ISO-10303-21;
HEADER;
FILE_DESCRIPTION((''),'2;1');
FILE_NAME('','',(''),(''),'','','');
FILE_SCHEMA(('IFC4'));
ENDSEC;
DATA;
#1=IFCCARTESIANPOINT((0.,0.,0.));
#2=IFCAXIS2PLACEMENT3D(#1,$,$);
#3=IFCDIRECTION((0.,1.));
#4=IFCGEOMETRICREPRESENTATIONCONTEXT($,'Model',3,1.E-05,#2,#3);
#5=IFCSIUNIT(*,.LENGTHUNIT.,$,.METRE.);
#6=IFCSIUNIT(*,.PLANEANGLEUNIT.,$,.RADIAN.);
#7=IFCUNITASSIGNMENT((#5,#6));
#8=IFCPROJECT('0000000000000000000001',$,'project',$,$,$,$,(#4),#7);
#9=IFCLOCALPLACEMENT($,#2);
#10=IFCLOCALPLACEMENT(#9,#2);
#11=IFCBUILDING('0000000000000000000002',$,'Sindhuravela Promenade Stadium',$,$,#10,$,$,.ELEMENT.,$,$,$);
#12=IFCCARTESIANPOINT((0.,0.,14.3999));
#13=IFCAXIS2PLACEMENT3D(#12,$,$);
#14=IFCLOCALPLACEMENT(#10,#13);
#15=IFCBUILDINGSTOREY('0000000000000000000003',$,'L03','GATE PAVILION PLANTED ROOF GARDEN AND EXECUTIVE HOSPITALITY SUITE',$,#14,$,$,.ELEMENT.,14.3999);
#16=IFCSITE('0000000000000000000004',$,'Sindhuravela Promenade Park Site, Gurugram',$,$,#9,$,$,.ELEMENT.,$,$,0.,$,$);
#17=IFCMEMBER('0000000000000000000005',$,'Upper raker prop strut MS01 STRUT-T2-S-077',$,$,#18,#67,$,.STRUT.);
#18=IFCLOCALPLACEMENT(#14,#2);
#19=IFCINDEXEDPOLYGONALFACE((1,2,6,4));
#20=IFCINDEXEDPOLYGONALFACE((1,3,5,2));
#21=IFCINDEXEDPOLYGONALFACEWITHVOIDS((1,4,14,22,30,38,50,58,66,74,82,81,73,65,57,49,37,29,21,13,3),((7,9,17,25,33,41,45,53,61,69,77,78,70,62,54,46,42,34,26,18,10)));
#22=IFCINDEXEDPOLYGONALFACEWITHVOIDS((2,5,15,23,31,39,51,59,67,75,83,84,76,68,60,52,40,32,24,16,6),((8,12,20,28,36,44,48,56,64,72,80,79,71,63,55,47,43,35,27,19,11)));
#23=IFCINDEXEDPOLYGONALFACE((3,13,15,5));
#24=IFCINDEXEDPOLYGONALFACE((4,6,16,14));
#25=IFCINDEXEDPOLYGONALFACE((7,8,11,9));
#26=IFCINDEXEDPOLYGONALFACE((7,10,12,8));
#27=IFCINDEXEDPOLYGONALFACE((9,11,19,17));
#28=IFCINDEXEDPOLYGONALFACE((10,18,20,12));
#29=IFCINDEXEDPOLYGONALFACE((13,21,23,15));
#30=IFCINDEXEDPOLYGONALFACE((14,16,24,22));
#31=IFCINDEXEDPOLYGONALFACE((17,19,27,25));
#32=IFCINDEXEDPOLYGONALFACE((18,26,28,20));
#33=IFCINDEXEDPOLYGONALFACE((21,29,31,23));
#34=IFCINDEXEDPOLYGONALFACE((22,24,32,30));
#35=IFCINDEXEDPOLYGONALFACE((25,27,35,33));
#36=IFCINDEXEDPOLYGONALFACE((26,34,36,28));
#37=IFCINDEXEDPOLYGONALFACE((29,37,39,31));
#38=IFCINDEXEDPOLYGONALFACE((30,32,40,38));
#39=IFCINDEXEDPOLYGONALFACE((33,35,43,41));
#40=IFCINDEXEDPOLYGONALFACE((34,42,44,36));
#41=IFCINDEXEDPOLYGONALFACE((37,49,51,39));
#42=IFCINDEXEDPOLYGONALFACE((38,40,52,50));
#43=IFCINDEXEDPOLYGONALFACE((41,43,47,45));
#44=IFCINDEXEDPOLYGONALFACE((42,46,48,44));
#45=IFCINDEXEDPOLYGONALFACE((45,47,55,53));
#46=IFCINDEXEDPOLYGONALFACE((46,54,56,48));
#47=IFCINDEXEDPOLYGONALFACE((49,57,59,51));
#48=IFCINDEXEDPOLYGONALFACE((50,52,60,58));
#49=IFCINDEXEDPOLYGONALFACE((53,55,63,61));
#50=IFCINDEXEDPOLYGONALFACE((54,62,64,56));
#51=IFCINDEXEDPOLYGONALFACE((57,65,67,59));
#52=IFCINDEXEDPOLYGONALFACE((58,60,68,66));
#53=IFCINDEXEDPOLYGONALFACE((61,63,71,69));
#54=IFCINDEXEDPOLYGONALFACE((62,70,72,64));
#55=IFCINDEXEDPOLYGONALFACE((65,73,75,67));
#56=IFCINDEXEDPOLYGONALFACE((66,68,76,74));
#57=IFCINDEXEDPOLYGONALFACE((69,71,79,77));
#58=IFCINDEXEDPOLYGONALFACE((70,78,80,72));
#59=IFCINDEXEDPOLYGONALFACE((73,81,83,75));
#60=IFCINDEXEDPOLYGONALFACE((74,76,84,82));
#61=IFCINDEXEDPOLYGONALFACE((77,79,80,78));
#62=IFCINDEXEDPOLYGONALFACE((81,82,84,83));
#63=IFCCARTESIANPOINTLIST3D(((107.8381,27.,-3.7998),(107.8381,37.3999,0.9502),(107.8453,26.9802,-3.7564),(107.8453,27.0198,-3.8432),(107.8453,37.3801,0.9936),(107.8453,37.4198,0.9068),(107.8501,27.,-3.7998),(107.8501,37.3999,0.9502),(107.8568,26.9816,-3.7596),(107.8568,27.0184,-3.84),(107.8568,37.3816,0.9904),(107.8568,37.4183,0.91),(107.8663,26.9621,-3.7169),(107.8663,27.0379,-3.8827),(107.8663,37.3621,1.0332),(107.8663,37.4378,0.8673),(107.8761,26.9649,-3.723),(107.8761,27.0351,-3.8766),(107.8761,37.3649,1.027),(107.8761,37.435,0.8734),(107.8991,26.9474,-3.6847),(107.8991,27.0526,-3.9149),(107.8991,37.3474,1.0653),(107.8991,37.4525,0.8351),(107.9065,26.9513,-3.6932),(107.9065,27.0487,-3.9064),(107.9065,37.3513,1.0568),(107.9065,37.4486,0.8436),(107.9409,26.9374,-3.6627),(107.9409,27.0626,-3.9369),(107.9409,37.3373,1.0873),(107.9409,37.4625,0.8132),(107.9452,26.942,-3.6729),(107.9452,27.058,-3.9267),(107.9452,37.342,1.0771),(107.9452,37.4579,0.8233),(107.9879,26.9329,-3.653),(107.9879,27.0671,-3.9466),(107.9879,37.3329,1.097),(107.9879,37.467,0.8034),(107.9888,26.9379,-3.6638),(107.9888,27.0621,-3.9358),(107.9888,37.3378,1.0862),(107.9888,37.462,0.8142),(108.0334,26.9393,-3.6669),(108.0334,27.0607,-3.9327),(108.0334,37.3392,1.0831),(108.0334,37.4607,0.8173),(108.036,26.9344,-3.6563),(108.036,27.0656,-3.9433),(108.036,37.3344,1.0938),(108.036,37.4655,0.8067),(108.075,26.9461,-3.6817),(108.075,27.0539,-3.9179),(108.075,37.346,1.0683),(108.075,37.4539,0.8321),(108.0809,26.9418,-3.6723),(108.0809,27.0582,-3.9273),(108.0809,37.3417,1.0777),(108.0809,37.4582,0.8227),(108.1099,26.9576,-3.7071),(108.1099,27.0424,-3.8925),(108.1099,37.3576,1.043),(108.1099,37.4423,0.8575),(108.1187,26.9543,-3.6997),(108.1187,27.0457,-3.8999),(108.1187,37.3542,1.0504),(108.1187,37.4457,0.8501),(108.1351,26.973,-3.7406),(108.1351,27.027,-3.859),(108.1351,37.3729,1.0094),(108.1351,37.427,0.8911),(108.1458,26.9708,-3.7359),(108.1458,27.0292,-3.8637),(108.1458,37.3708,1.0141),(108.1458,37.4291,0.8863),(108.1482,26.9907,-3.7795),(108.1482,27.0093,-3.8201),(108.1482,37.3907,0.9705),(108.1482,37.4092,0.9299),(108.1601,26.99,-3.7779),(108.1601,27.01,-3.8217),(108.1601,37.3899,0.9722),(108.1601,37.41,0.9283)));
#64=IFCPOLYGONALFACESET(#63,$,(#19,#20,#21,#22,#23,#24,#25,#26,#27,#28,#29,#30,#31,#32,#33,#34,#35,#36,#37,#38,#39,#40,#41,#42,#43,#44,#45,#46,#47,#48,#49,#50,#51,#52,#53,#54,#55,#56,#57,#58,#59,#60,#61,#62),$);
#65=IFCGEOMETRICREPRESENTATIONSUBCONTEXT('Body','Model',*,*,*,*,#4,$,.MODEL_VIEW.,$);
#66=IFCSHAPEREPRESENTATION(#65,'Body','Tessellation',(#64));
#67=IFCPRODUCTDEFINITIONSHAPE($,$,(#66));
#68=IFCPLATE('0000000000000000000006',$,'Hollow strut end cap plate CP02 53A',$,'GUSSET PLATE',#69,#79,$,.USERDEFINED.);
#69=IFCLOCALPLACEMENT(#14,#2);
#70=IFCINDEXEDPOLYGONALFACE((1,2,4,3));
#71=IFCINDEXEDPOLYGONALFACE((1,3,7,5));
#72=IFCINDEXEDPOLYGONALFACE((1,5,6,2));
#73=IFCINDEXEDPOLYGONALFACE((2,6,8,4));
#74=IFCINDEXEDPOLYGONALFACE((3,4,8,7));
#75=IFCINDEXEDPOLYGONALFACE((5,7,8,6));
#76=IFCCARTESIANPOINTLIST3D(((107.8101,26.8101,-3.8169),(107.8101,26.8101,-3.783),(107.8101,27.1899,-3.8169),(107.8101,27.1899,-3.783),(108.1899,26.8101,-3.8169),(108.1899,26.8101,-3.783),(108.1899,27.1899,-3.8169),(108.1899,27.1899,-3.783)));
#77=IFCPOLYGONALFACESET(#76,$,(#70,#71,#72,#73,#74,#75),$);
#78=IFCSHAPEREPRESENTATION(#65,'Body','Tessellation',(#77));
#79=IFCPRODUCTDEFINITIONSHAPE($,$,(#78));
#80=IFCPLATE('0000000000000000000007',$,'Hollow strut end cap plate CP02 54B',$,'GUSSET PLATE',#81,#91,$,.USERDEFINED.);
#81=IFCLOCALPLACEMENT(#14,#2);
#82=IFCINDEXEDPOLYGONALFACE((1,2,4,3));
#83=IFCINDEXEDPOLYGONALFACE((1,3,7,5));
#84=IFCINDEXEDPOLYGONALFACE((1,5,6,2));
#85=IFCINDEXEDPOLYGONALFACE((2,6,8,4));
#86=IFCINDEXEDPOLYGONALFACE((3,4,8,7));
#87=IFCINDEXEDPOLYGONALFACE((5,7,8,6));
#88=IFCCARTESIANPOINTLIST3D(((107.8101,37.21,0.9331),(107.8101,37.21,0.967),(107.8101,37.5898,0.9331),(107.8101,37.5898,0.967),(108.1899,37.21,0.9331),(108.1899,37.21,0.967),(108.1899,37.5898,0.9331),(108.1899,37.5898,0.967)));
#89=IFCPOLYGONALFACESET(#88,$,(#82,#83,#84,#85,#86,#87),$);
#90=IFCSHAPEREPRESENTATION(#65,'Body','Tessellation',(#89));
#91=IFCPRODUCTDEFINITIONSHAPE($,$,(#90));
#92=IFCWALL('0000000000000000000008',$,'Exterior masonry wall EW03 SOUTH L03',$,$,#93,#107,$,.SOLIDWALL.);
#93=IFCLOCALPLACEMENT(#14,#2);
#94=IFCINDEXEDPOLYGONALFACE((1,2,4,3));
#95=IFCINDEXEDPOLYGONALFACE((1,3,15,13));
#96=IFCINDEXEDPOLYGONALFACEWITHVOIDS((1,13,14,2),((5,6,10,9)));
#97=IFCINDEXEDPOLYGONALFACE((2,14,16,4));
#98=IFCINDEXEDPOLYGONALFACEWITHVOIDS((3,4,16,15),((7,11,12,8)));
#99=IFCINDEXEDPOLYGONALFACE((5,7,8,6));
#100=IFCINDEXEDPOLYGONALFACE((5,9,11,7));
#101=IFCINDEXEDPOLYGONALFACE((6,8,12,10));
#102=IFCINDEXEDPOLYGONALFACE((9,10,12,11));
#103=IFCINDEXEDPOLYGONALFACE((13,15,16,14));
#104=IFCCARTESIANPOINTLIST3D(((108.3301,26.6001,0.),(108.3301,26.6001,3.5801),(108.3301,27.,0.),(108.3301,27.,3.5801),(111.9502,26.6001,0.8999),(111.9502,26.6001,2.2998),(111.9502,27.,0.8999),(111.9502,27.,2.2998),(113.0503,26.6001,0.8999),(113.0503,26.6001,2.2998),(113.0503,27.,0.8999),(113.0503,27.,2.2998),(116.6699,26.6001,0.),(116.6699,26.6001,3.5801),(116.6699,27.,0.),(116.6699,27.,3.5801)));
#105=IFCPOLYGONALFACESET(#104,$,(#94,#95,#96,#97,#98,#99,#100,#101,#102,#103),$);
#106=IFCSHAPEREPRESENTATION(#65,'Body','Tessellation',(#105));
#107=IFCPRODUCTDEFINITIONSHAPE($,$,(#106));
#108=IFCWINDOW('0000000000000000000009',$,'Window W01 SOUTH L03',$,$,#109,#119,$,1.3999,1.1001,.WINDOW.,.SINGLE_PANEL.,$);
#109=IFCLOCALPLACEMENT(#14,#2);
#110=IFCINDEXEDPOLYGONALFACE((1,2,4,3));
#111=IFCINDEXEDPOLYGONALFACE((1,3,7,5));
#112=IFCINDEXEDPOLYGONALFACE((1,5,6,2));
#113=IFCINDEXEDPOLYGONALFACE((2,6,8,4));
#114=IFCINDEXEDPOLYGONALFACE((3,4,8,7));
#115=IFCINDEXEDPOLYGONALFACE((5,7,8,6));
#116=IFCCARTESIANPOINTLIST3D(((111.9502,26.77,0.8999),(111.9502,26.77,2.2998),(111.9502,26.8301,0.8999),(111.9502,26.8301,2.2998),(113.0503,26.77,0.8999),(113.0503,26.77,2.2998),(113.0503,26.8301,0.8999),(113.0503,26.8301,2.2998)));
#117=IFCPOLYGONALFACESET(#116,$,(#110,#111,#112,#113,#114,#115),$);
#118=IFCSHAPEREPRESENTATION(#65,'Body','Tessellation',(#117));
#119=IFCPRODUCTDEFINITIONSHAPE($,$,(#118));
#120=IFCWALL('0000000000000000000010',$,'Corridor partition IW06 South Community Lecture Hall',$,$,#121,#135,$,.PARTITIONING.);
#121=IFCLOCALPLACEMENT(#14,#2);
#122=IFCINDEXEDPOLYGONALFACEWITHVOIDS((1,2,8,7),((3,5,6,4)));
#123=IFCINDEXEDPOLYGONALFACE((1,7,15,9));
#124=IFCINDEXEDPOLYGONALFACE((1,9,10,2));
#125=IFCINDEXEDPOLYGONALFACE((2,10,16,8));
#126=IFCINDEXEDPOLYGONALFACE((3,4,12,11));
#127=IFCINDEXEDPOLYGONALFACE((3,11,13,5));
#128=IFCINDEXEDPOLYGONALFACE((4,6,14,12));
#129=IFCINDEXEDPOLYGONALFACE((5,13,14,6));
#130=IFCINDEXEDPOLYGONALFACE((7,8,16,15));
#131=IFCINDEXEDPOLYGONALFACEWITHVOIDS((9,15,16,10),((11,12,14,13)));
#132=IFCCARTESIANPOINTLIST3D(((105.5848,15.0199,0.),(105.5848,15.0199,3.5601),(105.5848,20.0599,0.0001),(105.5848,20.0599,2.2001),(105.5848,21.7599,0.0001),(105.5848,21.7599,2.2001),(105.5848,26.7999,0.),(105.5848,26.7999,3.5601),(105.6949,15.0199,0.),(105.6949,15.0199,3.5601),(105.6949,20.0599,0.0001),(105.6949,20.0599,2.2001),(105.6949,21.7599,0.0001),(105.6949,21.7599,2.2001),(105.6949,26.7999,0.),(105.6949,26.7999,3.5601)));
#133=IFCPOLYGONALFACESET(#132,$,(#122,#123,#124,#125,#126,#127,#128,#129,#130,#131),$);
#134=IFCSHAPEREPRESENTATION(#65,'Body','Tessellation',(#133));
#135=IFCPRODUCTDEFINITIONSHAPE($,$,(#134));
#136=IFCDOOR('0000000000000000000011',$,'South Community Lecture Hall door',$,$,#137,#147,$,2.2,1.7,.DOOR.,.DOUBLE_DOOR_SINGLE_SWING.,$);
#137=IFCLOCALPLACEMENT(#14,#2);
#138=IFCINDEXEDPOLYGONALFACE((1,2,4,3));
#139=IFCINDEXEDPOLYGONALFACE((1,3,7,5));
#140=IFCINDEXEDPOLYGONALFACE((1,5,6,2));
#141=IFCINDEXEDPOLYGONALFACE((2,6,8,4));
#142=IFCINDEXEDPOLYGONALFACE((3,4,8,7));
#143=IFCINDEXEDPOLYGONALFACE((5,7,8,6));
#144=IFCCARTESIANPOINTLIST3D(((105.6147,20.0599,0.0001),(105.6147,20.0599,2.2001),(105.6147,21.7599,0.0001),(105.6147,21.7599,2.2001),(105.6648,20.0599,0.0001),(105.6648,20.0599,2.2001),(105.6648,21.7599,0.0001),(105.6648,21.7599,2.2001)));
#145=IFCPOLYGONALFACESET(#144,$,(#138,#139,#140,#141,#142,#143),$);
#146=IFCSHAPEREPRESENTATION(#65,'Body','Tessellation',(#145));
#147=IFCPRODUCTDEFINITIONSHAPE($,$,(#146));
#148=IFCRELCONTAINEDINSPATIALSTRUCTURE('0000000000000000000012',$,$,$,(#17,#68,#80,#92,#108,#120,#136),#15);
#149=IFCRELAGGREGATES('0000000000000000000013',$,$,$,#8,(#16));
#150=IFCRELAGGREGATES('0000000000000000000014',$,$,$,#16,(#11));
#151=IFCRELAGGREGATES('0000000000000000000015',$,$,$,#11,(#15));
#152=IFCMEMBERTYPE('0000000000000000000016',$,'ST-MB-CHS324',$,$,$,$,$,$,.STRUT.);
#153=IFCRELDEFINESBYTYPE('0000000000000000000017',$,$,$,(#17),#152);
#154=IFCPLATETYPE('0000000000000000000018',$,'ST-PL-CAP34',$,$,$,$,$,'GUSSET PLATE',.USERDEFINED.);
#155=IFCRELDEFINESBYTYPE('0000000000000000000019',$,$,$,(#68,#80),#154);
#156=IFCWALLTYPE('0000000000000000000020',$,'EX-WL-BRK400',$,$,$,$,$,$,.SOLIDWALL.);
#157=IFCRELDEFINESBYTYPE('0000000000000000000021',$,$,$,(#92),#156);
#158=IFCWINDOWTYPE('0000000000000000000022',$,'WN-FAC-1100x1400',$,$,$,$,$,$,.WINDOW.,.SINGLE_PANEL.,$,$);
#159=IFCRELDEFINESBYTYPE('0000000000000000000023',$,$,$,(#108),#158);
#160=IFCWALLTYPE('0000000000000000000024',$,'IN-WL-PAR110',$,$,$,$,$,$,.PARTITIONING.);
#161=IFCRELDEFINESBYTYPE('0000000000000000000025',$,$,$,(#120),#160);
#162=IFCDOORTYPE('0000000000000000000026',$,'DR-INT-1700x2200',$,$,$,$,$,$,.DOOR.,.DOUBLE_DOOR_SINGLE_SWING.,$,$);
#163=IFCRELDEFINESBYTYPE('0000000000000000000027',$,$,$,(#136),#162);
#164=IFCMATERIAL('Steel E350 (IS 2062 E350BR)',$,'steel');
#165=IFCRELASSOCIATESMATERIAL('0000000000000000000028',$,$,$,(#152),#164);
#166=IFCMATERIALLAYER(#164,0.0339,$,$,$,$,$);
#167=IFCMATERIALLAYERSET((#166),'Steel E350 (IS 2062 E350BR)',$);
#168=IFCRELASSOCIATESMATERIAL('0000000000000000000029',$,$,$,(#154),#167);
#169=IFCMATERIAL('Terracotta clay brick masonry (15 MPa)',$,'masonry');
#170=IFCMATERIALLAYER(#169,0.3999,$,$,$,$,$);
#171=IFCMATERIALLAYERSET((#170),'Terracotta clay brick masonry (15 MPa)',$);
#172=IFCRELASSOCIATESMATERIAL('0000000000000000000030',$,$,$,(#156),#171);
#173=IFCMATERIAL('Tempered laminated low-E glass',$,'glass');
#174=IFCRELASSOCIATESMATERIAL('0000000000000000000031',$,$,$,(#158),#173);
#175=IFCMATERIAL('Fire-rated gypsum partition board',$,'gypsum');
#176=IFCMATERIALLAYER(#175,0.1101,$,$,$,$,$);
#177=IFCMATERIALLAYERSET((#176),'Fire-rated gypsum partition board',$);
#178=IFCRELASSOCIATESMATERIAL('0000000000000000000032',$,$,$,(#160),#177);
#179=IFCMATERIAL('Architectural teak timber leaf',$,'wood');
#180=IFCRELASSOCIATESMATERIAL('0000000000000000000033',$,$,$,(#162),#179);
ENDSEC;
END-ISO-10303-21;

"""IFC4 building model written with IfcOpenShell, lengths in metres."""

from ifc_helpers import new_model, si_unit, direction, frame, frame_2d, origin, origin_2d, place, context, subcontext, project, spatial, rectangle, hollow_circle, extrude, material, layer, layer_set, material_profile, profile_set, type_object, element, fill, save


model = new_model("IFC4")

# Units and contexts
model_context = context("Model", 3, precision=1e-05, world=origin(), true_north=direction((0.0, 1.0)))
body_context = subcontext(model_context, "Body", "Model", "MODEL_VIEW")
ifc_project = project(units=[si_unit("LENGTHUNIT", "METRE"), si_unit("PLANEANGLEUNIT", "RADIAN")], contexts=[model_context])

# Site, building, storey
site_placement = place(None, origin())
site = spatial("IfcSite", under=ifc_project, at=site_placement, Name="Sindhuravela Promenade Park Site, Gurugram", CompositionType="ELEMENT", RefElevation=0.0)
building_placement = place(site_placement, origin())
building = spatial("IfcBuilding", under=site, at=building_placement, Name="Sindhuravela Promenade Stadium", CompositionType="ELEMENT")
storey_placement = place(building_placement, frame((0.0, 0.0, 14.3999)))
storey = spatial("IfcBuildingStorey", under=building, at=storey_placement, Name="L03", Description="GATE PAVILION PLANTED ROOF GARDEN AND EXECUTIVE HOSPITALITY SUITE", CompositionType="ELEMENT", Elevation=14.3999)

# Shared definitions
ifc_material_1 = material(Name="Steel E350 (IS 2062 E350BR)", Category="steel")

# Member
ifc_material_profile_1 = material_profile(ifc_material_1, hollow_circle(Radius=0.1619, WallThickness=0.012, at=origin_2d()), Name="CHS 323.9x12")
ifc_profile_set_1 = profile_set([ifc_material_profile_1], Name="Steel E350 (IS 2062 E350BR)")
member_type = type_object("IfcMemberType", Name="ST-MB-CHS324", PredefinedType="STRUT", material=ifc_profile_set_1)
member_placement = place(storey_placement, frame((108.0, 27.0, -3.7998), z_axis=(0.0, 0.909615, 0.415453), x_axis=(-1.0, 0.0, 0.0)))
element("IfcMember", 1, at=member_placement, inside=storey, type_object=member_type, Name="Upper raker prop strut MS01 STRUT-T2-S-077", PredefinedType="STRUT", context=body_context, shape_type="SweptSolid", body=[
    extrude(hollow_circle(Radius=0.1619, WallThickness=0.012, at=origin_2d()), origin(), (0.0, 0.0, 1.0), 11.4333),
])

# Plates
ifc_layer_1 = layer(ifc_material_1, 0.0339)
ifc_layer_set_1 = layer_set([ifc_layer_1], Name="Steel E350 (IS 2062 E350BR)")
plate_type = type_object("IfcPlateType", Name="ST-PL-CAP34", ElementType="GUSSET PLATE", PredefinedType="USERDEFINED", material=ifc_layer_set_1)
for number, where, z_axis, x_axis, name in (
    (2, (108.0, 27.0, -3.8169), (0.0, 0.0, 1.0), (1.0, 0.0, 0.0), "Hollow strut end cap plate CP02 53A"),
    (3, (108.0, 37.3999, 0.9331), (0.0, 0.0, 1.0), (1.0, 0.0, 0.0), "Hollow strut end cap plate CP02 54B"),
):
    element("IfcPlate", number, at=place(storey_placement, frame(where, z_axis=z_axis, x_axis=x_axis)), inside=storey, type_object=plate_type, Name=name, ObjectType="GUSSET PLATE", PredefinedType="USERDEFINED", context=body_context, shape_type="SweptSolid", body=[
        extrude(rectangle(XDim=0.3799, YDim=0.3799, at=origin_2d()), origin(), (0.0, 0.0, 1.0), 0.0339),
    ])

# Wall, opening, window
ifc_material_2 = material(Name="Terracotta clay brick masonry (15 MPa)", Category="masonry")
ifc_layer_2 = layer(ifc_material_2, 0.3999)
ifc_layer_set_2 = layer_set([ifc_layer_2], Name="Terracotta clay brick masonry (15 MPa)")
wall_type_1 = type_object("IfcWallType", Name="EX-WL-BRK400", PredefinedType="SOLIDWALL", material=ifc_layer_set_2)
wall_1_placement = place(storey_placement, frame((108.3301, 26.8, 0.0), z_axis=(0.0, 0.0, 1.0), x_axis=(1.0, 0.0, 0.0)))
wall_1 = element("IfcWall", 4, at=wall_1_placement, inside=storey, type_object=wall_type_1, Name="Exterior masonry wall EW03 SOUTH L03", PredefinedType="SOLIDWALL", context=body_context, shape_type="SweptSolid", body=[
    extrude(rectangle(XDim=8.3398, YDim=0.3999, at=frame_2d((4.1699, 0.0))), origin(), (0.0, 0.0, 1.0), 3.5801),
])
opening_1_placement = place(wall_1_placement, frame((3.6201, 0.0, 0.8999)))
opening_1 = element("IfcOpeningElement", 5, at=opening_1_placement, cuts=wall_1, PredefinedType="OPENING", context=body_context, shape_type="SweptSolid", body=[
    extrude(rectangle(XDim=1.1001, YDim=1.3999, at=frame_2d((0.55, 0.7))), frame((0.0, 0.21, 0.0), z_axis=(0.0, -1.0, 0.0), x_axis=(1.0, 0.0, 0.0)), (0.0, 0.0, 1.0), 0.4199),
])
ifc_material_3 = material(Name="Tempered laminated low-E glass", Category="glass")
window_type = type_object("IfcWindowType", Name="WN-FAC-1100x1400", PartitioningType="SINGLE_PANEL", PredefinedType="WINDOW", material=ifc_material_3)
window_placement = place(opening_1_placement, origin())
window = element("IfcWindow", 6, at=window_placement, inside=storey, type_object=window_type, Name="Window W01 SOUTH L03", OverallHeight=1.3999, OverallWidth=1.1001, PartitioningType="SINGLE_PANEL", PredefinedType="WINDOW", context=body_context, shape_type="SweptSolid", body=[
    extrude(rectangle(XDim=1.1001, YDim=1.3999, at=frame_2d((0.55, 0.7))), frame((0.0, 0.03, 0.0), z_axis=(0.0, -1.0, 0.0), x_axis=(1.0, 0.0, 0.0)), (0.0, 0.0, 1.0), 0.0601),
])
fill(opening_1, window)

# Wall, opening, door
ifc_material_4 = material(Name="Fire-rated gypsum partition board", Category="gypsum")
ifc_layer_3 = layer(ifc_material_4, 0.1101)
ifc_layer_set_3 = layer_set([ifc_layer_3], Name="Fire-rated gypsum partition board")
wall_type_2 = type_object("IfcWallType", Name="IN-WL-PAR110", PredefinedType="PARTITIONING", material=ifc_layer_set_3)
wall_2_placement = place(storey_placement, frame((105.6399, 26.8, 0.0), z_axis=(0.0, 0.0, 1.0), x_axis=(0.0, -1.0, 0.0)))
wall_2 = element("IfcWall", 7, at=wall_2_placement, inside=storey, type_object=wall_type_2, Name="Corridor partition IW06 South Community Lecture Hall", PredefinedType="PARTITIONING", context=body_context, shape_type="SweptSolid", body=[
    extrude(rectangle(XDim=11.78, YDim=0.1101, at=frame_2d((5.8901, 0.0))), origin(), (0.0, 0.0, 1.0), 3.5601),
])
opening_2_placement = place(wall_2_placement, frame((5.04, 0.0, 0.0)))
opening_2 = element("IfcOpeningElement", 8, at=opening_2_placement, cuts=wall_2, PredefinedType="OPENING", context=body_context, shape_type="SweptSolid", body=[
    extrude(rectangle(XDim=1.7, YDim=2.2, at=frame_2d((0.8501, 1.1001))), frame((0.0, 0.0649, 0.0), z_axis=(0.0, -1.0, 0.0), x_axis=(1.0, 0.0, 0.0)), (0.0, 0.0, 1.0), 0.1301),
])
ifc_material_5 = material(Name="Architectural teak timber leaf", Category="wood")
door_type = type_object("IfcDoorType", Name="DR-INT-1700x2200", OperationType="DOUBLE_DOOR_SINGLE_SWING", PredefinedType="DOOR", material=ifc_material_5)
door_placement = place(opening_2_placement, origin())
door = element("IfcDoor", 9, at=door_placement, inside=storey, type_object=door_type, Name="South Community Lecture Hall door", OperationType="DOUBLE_DOOR_SINGLE_SWING", OverallHeight=2.2, OverallWidth=1.7, PredefinedType="DOOR", context=body_context, shape_type="SweptSolid", body=[
    extrude(rectangle(XDim=1.7, YDim=2.2, at=frame_2d((0.8501, 1.1001))), frame((0.0, 0.0249, 0.0), z_axis=(0.0, -1.0, 0.0), x_axis=(1.0, 0.0, 0.0)), (0.0, 0.0, 1.0), 0.05),
])
fill(opening_2, door)

save(model, "model.ifc")
